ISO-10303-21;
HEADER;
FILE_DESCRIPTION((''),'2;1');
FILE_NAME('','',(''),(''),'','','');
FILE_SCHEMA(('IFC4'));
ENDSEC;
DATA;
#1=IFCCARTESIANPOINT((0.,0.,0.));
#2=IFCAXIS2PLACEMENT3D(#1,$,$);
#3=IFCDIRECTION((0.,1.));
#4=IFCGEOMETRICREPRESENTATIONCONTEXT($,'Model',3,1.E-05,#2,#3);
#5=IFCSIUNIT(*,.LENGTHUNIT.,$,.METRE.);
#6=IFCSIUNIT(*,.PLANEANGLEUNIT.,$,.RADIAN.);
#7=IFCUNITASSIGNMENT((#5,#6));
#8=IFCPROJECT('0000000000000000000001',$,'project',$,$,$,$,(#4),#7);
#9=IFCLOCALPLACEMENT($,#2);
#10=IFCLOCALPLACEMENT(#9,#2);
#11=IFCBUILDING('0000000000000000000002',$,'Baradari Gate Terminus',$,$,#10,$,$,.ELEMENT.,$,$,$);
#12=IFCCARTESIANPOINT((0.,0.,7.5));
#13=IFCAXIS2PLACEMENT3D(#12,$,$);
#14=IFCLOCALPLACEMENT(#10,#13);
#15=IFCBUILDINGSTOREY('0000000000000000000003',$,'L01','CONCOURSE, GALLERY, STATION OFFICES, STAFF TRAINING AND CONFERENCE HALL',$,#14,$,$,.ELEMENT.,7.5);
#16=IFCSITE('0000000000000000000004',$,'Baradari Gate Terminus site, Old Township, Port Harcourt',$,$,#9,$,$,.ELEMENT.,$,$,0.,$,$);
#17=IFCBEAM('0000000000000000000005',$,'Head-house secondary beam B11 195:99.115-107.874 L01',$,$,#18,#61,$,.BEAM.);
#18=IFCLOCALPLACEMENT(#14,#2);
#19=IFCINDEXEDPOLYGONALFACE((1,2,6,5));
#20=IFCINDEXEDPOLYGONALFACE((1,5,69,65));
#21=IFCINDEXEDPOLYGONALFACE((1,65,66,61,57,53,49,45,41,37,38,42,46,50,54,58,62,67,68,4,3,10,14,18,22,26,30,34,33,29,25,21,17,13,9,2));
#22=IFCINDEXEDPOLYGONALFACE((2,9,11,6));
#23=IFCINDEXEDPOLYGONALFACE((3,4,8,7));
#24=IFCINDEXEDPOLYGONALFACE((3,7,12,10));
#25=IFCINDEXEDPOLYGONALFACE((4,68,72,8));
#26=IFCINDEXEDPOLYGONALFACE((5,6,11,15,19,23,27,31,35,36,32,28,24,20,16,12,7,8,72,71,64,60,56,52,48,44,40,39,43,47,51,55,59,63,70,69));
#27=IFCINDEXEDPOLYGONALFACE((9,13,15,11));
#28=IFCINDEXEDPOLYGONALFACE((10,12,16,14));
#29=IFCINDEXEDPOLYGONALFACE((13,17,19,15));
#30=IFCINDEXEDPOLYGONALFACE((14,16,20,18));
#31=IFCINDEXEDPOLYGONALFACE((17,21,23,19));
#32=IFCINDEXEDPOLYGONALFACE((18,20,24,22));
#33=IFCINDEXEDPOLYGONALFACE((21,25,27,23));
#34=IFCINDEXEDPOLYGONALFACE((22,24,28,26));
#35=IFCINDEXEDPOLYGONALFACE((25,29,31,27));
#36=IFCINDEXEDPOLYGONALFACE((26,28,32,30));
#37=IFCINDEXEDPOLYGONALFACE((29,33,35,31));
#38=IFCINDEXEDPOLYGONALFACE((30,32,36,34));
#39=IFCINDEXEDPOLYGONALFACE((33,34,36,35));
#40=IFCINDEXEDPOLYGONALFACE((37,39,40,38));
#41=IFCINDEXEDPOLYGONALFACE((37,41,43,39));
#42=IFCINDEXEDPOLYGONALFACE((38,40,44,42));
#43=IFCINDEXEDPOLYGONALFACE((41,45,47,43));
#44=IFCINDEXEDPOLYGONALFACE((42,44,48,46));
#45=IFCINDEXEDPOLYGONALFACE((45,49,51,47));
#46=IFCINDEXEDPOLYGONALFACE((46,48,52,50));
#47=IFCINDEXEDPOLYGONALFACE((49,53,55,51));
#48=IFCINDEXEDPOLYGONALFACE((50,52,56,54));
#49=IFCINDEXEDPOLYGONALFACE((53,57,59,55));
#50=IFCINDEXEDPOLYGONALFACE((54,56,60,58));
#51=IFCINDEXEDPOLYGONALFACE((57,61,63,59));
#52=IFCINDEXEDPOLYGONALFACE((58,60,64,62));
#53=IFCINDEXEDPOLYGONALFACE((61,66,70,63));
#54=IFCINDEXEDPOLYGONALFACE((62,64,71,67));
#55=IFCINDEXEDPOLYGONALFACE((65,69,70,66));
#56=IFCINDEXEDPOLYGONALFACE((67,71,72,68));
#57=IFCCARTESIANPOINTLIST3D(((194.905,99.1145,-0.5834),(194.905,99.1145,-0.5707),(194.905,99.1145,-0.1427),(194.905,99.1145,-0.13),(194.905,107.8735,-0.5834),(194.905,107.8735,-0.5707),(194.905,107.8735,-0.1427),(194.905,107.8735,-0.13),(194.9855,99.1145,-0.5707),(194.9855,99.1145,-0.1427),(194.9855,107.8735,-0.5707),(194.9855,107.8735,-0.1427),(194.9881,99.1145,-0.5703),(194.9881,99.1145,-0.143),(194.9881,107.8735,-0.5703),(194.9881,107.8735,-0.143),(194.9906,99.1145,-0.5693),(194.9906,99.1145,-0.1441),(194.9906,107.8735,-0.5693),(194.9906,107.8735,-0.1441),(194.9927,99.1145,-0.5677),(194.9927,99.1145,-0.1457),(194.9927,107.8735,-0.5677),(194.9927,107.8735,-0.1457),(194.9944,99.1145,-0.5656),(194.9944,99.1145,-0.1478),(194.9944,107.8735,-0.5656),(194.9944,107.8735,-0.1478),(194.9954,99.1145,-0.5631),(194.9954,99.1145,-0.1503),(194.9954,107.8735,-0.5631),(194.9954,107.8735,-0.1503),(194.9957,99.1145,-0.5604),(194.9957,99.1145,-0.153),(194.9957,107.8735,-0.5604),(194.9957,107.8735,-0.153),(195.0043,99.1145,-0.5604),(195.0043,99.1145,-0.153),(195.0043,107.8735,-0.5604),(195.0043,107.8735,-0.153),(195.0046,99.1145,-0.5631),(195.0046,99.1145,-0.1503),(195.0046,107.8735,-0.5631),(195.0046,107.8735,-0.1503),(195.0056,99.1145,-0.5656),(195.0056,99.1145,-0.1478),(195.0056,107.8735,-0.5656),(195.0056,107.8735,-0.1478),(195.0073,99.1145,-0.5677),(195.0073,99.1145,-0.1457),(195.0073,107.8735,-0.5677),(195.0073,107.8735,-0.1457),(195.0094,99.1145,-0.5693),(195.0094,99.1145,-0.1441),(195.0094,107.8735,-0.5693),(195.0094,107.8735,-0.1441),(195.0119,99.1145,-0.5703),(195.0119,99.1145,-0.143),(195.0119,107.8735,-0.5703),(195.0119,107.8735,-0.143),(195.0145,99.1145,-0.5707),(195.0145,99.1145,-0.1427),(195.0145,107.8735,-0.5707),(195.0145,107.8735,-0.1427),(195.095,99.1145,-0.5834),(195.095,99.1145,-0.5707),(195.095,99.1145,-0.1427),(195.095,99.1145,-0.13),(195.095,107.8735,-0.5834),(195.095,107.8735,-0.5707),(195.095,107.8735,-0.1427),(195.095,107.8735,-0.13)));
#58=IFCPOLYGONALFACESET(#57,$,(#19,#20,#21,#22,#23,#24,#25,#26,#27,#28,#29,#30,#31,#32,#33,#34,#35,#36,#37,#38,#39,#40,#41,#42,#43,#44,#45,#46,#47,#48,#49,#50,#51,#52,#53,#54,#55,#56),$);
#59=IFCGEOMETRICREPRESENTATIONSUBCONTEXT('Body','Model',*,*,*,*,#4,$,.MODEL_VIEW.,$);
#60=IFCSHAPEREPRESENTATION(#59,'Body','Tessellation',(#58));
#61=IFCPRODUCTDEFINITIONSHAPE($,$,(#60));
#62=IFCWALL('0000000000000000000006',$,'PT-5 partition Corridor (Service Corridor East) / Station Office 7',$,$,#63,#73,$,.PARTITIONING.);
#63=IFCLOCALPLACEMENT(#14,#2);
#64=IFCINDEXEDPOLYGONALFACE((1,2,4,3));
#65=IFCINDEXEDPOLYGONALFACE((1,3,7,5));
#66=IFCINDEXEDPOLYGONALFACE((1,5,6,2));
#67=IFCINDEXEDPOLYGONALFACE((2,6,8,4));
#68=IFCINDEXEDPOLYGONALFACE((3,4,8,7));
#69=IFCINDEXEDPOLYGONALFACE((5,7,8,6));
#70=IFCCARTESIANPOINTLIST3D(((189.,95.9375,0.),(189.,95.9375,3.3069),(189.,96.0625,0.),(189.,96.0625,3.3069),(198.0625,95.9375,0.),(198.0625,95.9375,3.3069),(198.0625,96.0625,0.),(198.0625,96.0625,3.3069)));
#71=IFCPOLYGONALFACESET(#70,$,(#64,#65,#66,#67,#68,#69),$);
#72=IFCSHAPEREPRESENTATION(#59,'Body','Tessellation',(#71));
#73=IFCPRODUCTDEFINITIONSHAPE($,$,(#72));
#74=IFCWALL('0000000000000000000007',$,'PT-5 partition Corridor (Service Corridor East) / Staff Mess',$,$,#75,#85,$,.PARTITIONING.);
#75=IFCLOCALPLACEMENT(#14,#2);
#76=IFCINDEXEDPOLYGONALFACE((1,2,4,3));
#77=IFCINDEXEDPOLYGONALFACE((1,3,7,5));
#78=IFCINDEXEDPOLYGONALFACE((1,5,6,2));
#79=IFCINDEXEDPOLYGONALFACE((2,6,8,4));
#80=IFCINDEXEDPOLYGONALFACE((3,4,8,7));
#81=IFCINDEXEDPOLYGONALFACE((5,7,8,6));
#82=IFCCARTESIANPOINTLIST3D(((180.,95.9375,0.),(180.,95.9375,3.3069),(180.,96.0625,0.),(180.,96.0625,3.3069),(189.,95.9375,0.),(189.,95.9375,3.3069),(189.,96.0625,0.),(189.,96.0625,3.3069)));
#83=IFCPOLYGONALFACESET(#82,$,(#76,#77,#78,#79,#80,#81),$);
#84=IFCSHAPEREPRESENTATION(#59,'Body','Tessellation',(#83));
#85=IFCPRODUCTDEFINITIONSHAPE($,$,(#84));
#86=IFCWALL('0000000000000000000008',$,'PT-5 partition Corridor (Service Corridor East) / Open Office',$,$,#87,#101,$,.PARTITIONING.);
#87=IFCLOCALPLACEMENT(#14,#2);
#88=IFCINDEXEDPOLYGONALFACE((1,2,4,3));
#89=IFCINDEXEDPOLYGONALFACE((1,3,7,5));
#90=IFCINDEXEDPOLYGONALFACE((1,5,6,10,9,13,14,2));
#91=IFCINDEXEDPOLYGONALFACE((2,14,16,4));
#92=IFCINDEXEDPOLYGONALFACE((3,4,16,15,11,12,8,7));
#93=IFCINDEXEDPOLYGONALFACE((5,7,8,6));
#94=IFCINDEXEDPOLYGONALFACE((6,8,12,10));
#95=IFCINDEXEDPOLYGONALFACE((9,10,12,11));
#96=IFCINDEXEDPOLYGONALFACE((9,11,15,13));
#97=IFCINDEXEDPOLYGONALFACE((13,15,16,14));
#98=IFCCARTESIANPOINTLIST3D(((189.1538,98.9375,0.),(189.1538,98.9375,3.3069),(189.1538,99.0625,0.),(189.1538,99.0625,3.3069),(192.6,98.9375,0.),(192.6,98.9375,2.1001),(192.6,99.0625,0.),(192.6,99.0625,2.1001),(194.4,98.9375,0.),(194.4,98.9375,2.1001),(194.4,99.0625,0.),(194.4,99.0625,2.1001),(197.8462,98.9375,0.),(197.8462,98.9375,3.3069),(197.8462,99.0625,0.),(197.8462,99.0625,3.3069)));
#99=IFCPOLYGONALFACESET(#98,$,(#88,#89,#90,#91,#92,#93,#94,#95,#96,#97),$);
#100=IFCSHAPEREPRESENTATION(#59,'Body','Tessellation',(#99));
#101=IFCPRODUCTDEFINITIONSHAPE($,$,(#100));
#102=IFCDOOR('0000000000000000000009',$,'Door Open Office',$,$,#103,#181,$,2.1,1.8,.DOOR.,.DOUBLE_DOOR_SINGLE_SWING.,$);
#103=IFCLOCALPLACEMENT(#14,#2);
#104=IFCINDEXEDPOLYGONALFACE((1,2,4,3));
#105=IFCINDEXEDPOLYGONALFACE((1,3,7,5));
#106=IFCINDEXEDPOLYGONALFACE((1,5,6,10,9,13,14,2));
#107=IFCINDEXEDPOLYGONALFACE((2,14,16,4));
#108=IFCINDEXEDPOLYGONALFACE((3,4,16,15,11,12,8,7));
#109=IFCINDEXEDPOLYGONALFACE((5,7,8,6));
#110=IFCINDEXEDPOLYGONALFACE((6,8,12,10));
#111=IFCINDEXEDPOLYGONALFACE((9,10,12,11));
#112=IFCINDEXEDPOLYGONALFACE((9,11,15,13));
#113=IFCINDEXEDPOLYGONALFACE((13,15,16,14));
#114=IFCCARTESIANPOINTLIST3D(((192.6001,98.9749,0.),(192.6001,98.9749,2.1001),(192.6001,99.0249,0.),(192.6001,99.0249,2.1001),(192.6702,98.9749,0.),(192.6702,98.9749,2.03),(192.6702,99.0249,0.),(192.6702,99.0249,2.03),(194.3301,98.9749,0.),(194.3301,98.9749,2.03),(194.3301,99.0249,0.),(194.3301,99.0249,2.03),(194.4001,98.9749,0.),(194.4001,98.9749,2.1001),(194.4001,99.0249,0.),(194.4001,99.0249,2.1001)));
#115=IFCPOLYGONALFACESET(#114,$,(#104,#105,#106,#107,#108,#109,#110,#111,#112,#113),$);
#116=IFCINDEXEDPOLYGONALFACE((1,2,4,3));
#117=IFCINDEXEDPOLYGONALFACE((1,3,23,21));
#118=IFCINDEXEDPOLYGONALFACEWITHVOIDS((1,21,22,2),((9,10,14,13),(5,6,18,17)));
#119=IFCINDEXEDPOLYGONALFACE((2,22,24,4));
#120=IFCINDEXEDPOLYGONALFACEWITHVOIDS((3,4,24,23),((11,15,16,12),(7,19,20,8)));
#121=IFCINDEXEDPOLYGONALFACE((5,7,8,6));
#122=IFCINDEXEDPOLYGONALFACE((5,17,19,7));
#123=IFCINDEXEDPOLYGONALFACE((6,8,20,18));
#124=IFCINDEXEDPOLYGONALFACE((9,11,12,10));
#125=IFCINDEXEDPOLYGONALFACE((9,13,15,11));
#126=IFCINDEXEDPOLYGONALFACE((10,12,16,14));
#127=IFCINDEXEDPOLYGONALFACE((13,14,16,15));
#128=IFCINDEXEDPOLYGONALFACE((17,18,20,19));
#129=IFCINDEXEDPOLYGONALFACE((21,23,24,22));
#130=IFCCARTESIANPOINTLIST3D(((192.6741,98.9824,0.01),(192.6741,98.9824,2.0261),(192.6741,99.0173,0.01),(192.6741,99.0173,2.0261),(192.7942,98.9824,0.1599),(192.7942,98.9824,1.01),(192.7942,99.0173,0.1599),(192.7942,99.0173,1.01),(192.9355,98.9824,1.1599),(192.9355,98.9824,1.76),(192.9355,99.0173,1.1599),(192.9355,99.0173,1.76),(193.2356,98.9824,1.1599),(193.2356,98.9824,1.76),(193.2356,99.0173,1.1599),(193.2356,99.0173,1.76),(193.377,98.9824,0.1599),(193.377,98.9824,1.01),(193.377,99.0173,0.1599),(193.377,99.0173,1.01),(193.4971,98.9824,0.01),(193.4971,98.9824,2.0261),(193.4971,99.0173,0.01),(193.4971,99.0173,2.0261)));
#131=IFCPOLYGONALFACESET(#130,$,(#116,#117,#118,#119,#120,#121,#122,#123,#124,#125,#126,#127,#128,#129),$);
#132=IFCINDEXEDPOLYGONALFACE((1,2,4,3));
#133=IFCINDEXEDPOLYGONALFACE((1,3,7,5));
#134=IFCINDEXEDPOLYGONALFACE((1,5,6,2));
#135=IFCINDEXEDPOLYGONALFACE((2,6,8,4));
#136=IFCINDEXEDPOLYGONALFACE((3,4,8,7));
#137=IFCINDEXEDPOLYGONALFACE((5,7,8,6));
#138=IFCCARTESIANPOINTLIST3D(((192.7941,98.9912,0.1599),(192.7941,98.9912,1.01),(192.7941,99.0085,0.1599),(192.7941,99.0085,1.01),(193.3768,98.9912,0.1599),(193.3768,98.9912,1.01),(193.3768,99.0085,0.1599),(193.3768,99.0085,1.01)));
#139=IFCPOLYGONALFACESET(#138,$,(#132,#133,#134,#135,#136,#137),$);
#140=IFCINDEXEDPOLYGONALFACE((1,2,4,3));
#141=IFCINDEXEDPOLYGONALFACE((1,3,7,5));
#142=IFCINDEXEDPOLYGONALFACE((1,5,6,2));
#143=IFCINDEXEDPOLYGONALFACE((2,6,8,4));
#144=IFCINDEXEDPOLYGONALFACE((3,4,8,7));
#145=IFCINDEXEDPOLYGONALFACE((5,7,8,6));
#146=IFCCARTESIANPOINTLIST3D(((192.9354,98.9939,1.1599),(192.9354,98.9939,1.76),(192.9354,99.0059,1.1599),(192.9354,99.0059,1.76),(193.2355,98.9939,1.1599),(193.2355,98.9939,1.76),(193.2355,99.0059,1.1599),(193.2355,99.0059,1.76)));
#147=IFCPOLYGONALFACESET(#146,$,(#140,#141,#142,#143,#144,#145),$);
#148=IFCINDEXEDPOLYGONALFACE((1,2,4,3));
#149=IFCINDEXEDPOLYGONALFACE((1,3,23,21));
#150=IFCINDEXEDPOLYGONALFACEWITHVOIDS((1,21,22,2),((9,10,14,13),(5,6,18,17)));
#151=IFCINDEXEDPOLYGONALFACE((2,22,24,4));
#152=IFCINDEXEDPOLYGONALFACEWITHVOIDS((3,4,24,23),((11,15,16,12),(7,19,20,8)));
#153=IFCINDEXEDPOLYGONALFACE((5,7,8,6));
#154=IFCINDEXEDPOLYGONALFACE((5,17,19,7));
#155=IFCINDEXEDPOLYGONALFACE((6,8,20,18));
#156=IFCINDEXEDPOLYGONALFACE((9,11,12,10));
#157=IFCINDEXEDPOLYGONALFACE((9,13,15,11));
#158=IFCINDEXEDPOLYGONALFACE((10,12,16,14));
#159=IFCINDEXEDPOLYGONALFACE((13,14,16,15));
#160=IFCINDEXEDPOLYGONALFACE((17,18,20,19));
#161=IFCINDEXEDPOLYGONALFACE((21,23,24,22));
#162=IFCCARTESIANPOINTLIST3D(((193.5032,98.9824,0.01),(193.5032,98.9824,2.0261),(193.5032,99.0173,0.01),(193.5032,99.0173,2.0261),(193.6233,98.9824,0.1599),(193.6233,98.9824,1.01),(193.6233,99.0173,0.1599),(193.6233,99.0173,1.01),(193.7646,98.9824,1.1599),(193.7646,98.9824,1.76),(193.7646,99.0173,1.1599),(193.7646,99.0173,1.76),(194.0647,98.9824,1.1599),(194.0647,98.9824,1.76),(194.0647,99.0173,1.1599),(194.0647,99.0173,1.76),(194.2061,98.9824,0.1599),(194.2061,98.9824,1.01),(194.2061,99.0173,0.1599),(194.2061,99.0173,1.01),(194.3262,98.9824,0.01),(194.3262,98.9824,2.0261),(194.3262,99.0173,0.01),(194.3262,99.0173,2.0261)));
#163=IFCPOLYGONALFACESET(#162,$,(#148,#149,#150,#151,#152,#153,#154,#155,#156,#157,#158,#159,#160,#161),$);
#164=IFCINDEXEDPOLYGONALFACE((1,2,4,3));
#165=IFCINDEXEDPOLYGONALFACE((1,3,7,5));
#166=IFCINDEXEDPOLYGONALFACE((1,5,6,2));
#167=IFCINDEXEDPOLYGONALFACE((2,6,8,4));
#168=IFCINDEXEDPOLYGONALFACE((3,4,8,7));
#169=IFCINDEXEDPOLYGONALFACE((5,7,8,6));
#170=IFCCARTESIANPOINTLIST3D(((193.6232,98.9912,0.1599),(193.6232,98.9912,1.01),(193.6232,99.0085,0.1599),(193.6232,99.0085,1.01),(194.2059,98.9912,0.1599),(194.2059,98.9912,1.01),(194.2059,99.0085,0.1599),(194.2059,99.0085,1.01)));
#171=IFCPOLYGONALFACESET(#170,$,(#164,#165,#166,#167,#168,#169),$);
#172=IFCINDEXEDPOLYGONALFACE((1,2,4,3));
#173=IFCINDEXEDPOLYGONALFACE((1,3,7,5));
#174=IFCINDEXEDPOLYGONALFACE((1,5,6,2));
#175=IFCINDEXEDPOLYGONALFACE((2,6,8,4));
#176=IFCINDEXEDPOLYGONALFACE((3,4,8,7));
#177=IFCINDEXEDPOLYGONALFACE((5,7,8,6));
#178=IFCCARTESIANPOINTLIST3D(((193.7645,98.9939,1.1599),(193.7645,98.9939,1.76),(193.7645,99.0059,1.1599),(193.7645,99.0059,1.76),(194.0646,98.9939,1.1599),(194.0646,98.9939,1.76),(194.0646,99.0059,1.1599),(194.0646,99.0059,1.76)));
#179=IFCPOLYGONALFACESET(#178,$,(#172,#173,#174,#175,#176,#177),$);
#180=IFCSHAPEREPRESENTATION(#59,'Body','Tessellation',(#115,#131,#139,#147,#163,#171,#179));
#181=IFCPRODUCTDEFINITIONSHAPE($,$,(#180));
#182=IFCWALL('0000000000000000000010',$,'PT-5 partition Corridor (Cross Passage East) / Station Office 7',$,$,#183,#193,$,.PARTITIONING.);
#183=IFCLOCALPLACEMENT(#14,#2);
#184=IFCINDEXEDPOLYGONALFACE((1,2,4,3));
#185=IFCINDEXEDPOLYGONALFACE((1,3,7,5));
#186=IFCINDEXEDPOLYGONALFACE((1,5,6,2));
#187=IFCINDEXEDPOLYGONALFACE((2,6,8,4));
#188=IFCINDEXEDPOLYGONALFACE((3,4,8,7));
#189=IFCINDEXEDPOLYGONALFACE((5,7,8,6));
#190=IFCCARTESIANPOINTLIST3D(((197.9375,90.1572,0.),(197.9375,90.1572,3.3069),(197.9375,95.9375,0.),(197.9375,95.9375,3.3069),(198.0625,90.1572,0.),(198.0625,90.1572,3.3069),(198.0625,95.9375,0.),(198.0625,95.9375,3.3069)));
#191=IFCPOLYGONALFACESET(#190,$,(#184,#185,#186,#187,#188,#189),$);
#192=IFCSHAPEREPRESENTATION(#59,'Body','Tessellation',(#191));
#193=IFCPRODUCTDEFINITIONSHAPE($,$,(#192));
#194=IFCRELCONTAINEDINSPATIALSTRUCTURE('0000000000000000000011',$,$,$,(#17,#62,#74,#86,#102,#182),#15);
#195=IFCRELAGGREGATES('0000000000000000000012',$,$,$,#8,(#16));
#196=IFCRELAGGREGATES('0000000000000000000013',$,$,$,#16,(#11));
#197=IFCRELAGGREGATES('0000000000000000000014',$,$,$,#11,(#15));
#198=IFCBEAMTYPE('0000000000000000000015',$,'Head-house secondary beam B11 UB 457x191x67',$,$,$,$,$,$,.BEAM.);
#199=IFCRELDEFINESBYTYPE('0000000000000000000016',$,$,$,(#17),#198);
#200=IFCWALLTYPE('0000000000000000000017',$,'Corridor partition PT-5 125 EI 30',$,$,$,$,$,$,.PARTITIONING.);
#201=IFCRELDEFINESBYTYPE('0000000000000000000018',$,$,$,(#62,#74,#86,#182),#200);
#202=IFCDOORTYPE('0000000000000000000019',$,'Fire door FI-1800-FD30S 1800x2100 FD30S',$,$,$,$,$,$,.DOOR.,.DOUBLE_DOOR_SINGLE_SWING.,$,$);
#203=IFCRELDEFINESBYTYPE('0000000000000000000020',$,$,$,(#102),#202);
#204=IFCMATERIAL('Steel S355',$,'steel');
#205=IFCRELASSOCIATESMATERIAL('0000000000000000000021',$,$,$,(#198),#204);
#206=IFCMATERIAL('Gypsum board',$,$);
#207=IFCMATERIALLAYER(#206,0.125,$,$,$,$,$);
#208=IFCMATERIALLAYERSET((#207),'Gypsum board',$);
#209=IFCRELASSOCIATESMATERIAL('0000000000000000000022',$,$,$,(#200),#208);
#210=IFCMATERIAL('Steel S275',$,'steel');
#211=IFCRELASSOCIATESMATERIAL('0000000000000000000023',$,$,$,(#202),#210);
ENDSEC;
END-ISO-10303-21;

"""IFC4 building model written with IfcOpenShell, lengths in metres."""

from ifc_helpers import new_model, si_unit, direction, frame, frame_2d, origin, origin_2d, place, context, subcontext, project, spatial, polyline, rectangle, i_section, outline, extrude, material, layer, layer_set, material_profile, profile_set, type_object, element, fill, save


model = new_model("IFC4")

# Units and contexts
model_context = context("Model", 3, precision=1e-05, world=origin(), true_north=direction((0.0, 1.0)))
body_context = subcontext(model_context, "Body", "Model", "MODEL_VIEW")
ifc_project = project(units=[si_unit("LENGTHUNIT", "METRE"), si_unit("PLANEANGLEUNIT", "RADIAN")], contexts=[model_context])

# Site, building, storey
site_placement = place(None, origin())
site = spatial("IfcSite", under=ifc_project, at=site_placement, Name="Baradari Gate Terminus site, Old Township, Port Harcourt", CompositionType="ELEMENT", RefElevation=0.0)
building_placement = place(site_placement, origin())
building = spatial("IfcBuilding", under=site, at=building_placement, Name="Baradari Gate Terminus", CompositionType="ELEMENT")
storey_placement = place(building_placement, frame((0.0, 0.0, 7.5)))
storey = spatial("IfcBuildingStorey", under=building, at=storey_placement, Name="L01", Description="CONCOURSE, GALLERY, STATION OFFICES, STAFF TRAINING AND CONFERENCE HALL", CompositionType="ELEMENT", Elevation=7.5)

# Beam
ifc_material_1 = material(Name="Steel S355", Category="steel")
ifc_material_profile_1 = material_profile(ifc_material_1, i_section(OverallWidth=0.1899, OverallDepth=0.4534, WebThickness=0.0085, FlangeThickness=0.0127, FilletRadius=0.0103, at=origin_2d()), Name="UB 457x191x67")
ifc_profile_set_1 = profile_set([ifc_material_profile_1], Name="Steel S355")
beam_type_1 = type_object("IfcBeamType", Name="Head-house secondary beam B11 UB 457x191x67", PredefinedType="BEAM", material=ifc_profile_set_1)
beam_1_placement = place(storey_placement, frame((195.0, 99.1145, -0.3567), z_axis=(0.0, 1.0, 0.0), x_axis=(-1.0, 0.0, 0.0)))
element("IfcBeam", 1, at=beam_1_placement, inside=storey, type_object=beam_type_1, Name="Head-house secondary beam B11 195:99.115-107.874 L01", PredefinedType="BEAM", context=body_context, shape_type="SweptSolid", body=[
    extrude(i_section(OverallWidth=0.1899, OverallDepth=0.4534, WebThickness=0.0085, FlangeThickness=0.0127, FilletRadius=0.0103, at=origin_2d()), origin(), (0.0, 0.0, 1.0), 8.759),
])

# Walls
ifc_material_2 = material(Name="Gypsum board")
ifc_layer_1 = layer(ifc_material_2, 0.125)
ifc_layer_set_1 = layer_set([ifc_layer_1], Name="Gypsum board")
wall_type_1 = type_object("IfcWallType", Name="Corridor partition PT-5 125 EI 30", PredefinedType="PARTITIONING", material=ifc_layer_set_1)
wall_1_placement = place(storey_placement, frame((198.0625, 96.0, 0.0), z_axis=(0.0, 0.0, 1.0), x_axis=(-1.0, 0.0, 0.0)))
element("IfcWall", 2, at=wall_1_placement, inside=storey, type_object=wall_type_1, Name="PT-5 partition Corridor (Service Corridor East) / Station Office 7", PredefinedType="PARTITIONING", context=body_context, shape_type="SweptSolid", body=[
    extrude(rectangle(XDim=9.0625, YDim=0.125, at=frame_2d((4.5312, 0.0))), origin(), (0.0, 0.0, 1.0), 3.3069),
])
wall_2_placement = place(storey_placement, frame((189.0, 96.0, 0.0), z_axis=(0.0, 0.0, 1.0), x_axis=(-1.0, 0.0, 0.0)))
element("IfcWall", 3, at=wall_2_placement, inside=storey, type_object=wall_type_1, Name="PT-5 partition Corridor (Service Corridor East) / Staff Mess", PredefinedType="PARTITIONING", context=body_context, shape_type="SweptSolid", body=[
    extrude(rectangle(XDim=9.0, YDim=0.125, at=frame_2d((4.5, 0.0))), origin(), (0.0, 0.0, 1.0), 3.3069),
])

# Wall, opening, door
wall_3_placement = place(storey_placement, frame((189.1538, 99.0, 0.0), z_axis=(0.0, 0.0, 1.0), x_axis=(1.0, 0.0, 0.0)))
wall_3 = element("IfcWall", 4, at=wall_3_placement, inside=storey, type_object=wall_type_1, Name="PT-5 partition Corridor (Service Corridor East) / Open Office", PredefinedType="PARTITIONING", context=body_context, shape_type="SweptSolid", body=[
    extrude(rectangle(XDim=8.6924, YDim=0.125, at=frame_2d((4.3462, 0.0))), origin(), (0.0, 0.0, 1.0), 3.3069),
])
opening_placement = place(wall_3_placement, frame((3.4463, 0.0, 0.0)))
opening = element("IfcOpeningElement", 5, at=opening_placement, cuts=wall_3, PredefinedType="OPENING", context=body_context, shape_type="SweptSolid", body=[
    extrude(rectangle(XDim=1.8, YDim=2.1001, at=frame_2d((0.8999, 1.05))), frame((0.0, 0.0725, 0.0), z_axis=(0.0, -1.0, 0.0), x_axis=(1.0, 0.0, 0.0)), (0.0, 0.0, 1.0), 0.145),
])
ifc_material_3 = material(Name="Steel S275", Category="steel")
door_type = type_object("IfcDoorType", Name="Fire door FI-1800-FD30S 1800x2100 FD30S", OperationType="DOUBLE_DOOR_SINGLE_SWING", PredefinedType="DOOR", material=ifc_material_3)
door_placement = place(opening_placement, origin())
door = element("IfcDoor", 6, at=door_placement, inside=storey, type_object=door_type, Name="Door Open Office", OperationType="DOUBLE_DOOR_SINGLE_SWING", OverallHeight=2.1, OverallWidth=1.8, PredefinedType="DOOR", context=body_context, shape_type="SweptSolid", body=[
    extrude(outline(polyline([(0.0, 0.0), (0.0701, 0.0), (0.0701, 2.03), (1.73, 2.03), (1.73, 0.0), (1.8, 0.0), (1.8, 2.1001), (0.0, 2.1001), (0.0, 0.0)])), frame((0.0, 0.0249, 0.0), z_axis=(0.0, -1.0, 0.0), x_axis=(1.0, 0.0, 0.0)), (0.0, 0.0, 1.0), 0.05),
    extrude(outline(polyline([(0.074, 0.01), (0.897, 0.01), (0.897, 2.0261), (0.074, 2.0261), (0.074, 0.01)]), holes=[polyline([(0.1941, 0.1599), (0.7769, 0.1599), (0.7769, 1.01), (0.1941, 1.01), (0.1941, 0.1599)]), polyline([(0.3354, 1.1599), (0.6355, 1.1599), (0.6355, 1.76), (0.3354, 1.76), (0.3354, 1.1599)])]), frame((0.0, 0.0173, 0.0), z_axis=(0.0, -1.0, 0.0), x_axis=(1.0, 0.0, 0.0)), (0.0, 0.0, 1.0), 0.0349),
    extrude(rectangle(XDim=0.5828, YDim=0.8501, at=frame_2d((0.4854, 0.585))), frame((0.0, 0.0085, 0.0), z_axis=(0.0, -1.0, 0.0), x_axis=(1.0, 0.0, 0.0)), (0.0, 0.0, 1.0), 0.0173),
    extrude(rectangle(XDim=0.3, YDim=0.6001, at=frame_2d((0.4854, 1.46))), frame((0.0, 0.0059, 0.0), z_axis=(0.0, -1.0, 0.0), x_axis=(1.0, 0.0, 0.0)), (0.0, 0.0, 1.0), 0.012),
    extrude(outline(polyline([(0.9031, 0.01), (1.7261, 0.01), (1.7261, 2.0261), (0.9031, 2.0261), (0.9031, 0.01)]), holes=[polyline([(1.0232, 0.1599), (1.606, 0.1599), (1.606, 1.01), (1.0232, 1.01), (1.0232, 0.1599)]), polyline([(1.1646, 1.1599), (1.4646, 1.1599), (1.4646, 1.76), (1.1646, 1.76), (1.1646, 1.1599)])]), frame((0.0, 0.0173, 0.0), z_axis=(0.0, -1.0, 0.0), x_axis=(1.0, 0.0, 0.0)), (0.0, 0.0, 1.0), 0.0349),
    extrude(rectangle(XDim=0.5828, YDim=0.8501, at=frame_2d((1.3145, 0.585))), frame((0.0, 0.0085, 0.0), z_axis=(0.0, -1.0, 0.0), x_axis=(1.0, 0.0, 0.0)), (0.0, 0.0, 1.0), 0.0173),
    extrude(rectangle(XDim=0.3, YDim=0.6001, at=frame_2d((1.3145, 1.46))), frame((0.0, 0.0059, 0.0), z_axis=(0.0, -1.0, 0.0), x_axis=(1.0, 0.0, 0.0)), (0.0, 0.0, 1.0), 0.012),
])
fill(opening, door)

# Wall
wall_4_placement = place(storey_placement, frame((198.0, 90.1572, 0.0), z_axis=(0.0, 0.0, 1.0), x_axis=(0.0, 1.0, 0.0)))
element("IfcWall", 7, at=wall_4_placement, inside=storey, type_object=wall_type_1, Name="PT-5 partition Corridor (Cross Passage East) / Station Office 7", PredefinedType="PARTITIONING", context=body_context, shape_type="SweptSolid", body=[
    extrude(rectangle(XDim=5.7803, YDim=0.125, at=frame_2d((2.8901, 0.0))), origin(), (0.0, 0.0, 1.0), 3.3069),
])

save(model, "model.ifc")
